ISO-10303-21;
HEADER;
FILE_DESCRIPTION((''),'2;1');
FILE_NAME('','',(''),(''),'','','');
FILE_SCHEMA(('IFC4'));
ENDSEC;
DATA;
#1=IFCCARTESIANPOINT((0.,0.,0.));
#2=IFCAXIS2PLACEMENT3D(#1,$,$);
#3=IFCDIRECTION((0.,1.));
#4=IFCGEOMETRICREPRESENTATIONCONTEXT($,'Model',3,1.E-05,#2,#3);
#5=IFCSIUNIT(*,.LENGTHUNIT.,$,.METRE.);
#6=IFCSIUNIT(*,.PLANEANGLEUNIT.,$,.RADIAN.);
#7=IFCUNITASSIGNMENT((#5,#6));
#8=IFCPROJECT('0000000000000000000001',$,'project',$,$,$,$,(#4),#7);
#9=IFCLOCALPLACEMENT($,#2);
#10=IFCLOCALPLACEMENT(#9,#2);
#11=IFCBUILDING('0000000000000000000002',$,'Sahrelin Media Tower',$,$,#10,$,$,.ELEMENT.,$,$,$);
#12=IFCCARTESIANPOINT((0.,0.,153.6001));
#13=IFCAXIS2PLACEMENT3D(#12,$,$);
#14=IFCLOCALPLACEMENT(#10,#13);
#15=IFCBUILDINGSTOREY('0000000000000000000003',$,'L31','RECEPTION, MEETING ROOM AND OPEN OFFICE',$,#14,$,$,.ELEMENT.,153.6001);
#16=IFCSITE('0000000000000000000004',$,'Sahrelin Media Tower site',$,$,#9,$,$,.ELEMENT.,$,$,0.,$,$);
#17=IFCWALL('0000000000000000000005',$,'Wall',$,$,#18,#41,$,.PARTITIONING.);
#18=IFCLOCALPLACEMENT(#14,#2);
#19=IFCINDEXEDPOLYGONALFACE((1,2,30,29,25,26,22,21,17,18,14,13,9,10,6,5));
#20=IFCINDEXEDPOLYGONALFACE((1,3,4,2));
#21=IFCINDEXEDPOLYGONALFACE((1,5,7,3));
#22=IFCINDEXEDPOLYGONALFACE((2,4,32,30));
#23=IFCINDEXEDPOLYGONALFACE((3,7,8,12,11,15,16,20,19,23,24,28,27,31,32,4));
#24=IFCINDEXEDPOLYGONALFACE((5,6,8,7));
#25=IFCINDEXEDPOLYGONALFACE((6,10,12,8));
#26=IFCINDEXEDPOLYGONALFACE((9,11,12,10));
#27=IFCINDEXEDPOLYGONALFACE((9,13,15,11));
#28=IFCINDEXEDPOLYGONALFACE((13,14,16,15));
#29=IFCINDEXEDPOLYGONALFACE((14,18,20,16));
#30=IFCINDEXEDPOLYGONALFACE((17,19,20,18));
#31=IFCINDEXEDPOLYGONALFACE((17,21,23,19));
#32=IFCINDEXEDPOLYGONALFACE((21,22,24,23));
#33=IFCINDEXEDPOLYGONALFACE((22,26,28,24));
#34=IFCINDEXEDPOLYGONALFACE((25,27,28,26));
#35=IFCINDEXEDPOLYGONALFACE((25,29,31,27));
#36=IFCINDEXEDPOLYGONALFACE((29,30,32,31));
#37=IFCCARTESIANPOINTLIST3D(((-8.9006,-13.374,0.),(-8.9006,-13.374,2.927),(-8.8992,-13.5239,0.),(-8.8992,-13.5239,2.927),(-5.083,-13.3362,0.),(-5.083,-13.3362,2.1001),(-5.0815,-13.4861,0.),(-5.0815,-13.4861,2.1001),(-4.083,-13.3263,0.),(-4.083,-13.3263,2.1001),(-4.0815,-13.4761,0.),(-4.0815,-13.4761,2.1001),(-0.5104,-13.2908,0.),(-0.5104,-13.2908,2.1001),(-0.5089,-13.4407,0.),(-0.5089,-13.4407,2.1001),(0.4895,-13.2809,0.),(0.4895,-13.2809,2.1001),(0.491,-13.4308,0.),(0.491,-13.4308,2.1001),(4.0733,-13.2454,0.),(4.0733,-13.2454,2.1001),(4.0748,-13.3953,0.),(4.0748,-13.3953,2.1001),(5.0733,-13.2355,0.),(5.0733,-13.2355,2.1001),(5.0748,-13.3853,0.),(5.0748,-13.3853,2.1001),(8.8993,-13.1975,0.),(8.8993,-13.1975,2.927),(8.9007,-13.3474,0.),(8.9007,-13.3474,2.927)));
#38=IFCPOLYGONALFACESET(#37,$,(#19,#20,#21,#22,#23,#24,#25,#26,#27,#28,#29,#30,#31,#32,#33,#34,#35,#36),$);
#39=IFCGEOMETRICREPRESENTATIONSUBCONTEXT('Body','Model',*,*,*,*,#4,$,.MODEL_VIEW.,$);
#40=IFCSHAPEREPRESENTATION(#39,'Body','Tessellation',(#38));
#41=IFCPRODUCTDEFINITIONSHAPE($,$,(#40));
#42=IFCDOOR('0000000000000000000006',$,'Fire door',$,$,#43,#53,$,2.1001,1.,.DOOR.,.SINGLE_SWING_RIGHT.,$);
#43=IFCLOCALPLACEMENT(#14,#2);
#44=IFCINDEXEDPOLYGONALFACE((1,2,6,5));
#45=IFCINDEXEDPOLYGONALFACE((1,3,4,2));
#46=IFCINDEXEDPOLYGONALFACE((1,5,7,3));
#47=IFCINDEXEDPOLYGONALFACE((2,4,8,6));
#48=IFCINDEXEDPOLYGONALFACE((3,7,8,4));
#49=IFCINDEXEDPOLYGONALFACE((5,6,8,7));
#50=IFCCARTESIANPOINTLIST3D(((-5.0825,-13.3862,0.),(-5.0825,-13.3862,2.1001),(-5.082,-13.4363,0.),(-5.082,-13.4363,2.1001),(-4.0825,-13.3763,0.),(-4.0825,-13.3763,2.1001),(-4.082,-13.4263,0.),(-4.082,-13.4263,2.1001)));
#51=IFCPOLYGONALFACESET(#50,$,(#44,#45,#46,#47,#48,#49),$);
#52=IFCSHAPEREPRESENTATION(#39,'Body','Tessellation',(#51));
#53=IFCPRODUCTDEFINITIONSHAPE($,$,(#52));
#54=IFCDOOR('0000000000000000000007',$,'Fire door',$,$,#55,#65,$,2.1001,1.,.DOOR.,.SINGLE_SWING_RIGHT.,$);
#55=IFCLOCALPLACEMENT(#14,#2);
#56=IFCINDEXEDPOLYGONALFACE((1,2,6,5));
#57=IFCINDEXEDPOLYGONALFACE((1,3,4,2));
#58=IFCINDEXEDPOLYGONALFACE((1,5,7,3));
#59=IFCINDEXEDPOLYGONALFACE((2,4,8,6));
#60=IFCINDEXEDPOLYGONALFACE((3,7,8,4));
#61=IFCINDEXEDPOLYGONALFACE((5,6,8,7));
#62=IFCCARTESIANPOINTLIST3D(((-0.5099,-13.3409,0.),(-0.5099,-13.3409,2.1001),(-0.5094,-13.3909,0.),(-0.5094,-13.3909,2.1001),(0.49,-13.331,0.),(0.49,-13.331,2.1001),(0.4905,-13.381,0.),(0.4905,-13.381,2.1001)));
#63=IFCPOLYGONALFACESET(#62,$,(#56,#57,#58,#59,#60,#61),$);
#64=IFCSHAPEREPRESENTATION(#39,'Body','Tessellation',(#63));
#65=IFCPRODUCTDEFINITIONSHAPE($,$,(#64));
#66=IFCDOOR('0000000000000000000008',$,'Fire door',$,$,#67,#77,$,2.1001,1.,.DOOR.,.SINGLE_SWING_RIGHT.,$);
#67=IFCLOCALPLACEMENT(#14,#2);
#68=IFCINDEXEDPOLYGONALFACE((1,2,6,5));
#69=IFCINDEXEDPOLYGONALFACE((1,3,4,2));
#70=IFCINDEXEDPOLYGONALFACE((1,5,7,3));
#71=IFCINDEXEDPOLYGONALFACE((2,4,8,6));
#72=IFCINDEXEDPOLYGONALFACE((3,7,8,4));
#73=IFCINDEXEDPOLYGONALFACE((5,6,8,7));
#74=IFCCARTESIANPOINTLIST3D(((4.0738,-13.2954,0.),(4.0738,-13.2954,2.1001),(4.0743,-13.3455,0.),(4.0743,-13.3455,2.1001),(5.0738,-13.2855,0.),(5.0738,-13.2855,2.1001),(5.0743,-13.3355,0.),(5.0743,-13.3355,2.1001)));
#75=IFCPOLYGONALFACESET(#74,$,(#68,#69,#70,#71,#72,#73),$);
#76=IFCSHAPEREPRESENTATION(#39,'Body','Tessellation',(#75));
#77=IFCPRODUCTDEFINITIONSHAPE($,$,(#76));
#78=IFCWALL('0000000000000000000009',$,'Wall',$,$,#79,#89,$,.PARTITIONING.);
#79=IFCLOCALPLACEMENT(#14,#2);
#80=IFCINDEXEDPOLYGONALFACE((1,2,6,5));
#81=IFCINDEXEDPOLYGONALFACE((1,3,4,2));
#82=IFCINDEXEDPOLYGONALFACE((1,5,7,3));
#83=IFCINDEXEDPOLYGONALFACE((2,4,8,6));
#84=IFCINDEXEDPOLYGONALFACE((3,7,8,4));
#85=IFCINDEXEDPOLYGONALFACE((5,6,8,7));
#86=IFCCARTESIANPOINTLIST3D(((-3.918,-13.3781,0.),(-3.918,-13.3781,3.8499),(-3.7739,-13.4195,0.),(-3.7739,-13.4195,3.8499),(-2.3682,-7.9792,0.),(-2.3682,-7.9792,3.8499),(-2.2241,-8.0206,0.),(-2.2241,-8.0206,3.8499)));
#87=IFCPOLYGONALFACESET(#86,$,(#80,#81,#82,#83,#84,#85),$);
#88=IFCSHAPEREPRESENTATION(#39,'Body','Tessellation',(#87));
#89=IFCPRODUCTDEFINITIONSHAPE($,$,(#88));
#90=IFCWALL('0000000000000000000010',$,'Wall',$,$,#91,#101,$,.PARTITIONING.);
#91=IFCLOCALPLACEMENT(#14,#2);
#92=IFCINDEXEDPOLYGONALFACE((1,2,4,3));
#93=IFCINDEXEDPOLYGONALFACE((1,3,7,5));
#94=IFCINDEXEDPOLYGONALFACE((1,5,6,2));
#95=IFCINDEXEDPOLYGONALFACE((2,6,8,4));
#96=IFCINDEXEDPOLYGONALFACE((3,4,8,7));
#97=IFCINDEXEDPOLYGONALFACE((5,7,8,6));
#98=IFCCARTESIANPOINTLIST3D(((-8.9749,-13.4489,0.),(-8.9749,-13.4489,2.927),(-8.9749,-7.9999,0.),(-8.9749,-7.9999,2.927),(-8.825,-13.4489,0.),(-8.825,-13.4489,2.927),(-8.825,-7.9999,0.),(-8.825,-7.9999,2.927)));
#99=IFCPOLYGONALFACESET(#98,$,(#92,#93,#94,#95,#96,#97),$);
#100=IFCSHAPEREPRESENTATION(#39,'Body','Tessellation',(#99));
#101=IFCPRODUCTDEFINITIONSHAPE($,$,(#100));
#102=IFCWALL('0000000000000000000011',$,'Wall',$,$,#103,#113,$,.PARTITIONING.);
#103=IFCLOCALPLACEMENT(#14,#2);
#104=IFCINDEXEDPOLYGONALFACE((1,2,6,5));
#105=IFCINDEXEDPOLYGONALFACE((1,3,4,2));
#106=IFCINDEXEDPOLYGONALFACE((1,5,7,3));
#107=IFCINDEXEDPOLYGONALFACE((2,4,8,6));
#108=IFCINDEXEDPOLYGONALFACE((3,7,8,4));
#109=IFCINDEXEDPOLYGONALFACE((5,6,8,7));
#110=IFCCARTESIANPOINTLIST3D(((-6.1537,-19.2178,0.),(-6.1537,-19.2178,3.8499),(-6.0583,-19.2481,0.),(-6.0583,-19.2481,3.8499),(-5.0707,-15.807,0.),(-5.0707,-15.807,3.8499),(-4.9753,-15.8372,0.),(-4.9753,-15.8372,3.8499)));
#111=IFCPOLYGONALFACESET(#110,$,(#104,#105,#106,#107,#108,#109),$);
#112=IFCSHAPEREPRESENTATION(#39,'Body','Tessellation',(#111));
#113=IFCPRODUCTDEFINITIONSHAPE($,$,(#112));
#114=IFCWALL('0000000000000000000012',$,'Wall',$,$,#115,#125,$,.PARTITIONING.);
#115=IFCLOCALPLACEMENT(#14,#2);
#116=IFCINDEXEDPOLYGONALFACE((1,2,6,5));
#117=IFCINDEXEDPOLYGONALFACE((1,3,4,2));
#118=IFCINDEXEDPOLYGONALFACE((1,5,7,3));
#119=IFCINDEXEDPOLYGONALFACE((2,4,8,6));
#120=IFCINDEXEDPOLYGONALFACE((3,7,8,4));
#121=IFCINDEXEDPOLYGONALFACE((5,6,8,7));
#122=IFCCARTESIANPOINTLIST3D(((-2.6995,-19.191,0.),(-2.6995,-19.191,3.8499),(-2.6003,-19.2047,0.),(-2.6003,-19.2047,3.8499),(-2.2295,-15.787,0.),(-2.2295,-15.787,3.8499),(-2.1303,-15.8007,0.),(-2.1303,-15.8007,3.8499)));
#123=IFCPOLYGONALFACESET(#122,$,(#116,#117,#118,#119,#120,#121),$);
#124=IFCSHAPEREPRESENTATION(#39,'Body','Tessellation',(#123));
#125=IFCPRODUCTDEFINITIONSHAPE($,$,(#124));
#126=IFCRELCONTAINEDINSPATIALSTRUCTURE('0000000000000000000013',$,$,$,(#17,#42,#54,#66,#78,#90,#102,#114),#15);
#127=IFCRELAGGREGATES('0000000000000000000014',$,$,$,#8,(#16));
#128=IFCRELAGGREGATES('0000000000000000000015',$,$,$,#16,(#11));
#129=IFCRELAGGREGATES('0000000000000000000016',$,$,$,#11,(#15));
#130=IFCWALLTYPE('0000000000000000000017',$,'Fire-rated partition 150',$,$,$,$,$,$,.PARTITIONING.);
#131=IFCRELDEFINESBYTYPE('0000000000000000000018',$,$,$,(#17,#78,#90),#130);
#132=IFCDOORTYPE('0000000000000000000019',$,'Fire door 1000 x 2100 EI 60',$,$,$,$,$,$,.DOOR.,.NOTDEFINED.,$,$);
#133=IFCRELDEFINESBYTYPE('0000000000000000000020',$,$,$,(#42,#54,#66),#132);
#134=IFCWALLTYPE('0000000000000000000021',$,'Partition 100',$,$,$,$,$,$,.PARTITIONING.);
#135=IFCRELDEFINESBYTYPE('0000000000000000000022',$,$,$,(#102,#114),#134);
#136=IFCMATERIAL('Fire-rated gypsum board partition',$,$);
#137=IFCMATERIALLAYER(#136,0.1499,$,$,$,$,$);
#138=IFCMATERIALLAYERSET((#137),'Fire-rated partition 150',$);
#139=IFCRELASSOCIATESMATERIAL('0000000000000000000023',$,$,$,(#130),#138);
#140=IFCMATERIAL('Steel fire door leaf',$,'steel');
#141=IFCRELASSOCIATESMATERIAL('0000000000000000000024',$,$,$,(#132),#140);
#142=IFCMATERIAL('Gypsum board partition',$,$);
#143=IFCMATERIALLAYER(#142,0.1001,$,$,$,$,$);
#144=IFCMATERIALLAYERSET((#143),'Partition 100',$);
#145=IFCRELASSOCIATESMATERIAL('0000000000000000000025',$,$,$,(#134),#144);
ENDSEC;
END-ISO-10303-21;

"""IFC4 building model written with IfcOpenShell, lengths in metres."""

from ifc_helpers import new_model, si_unit, direction, frame, frame_2d, origin, place, context, subcontext, project, spatial, rectangle, extrude, material, layer, layer_set, type_object, element, fill, save


model = new_model("IFC4")

# Units and contexts
model_context = context("Model", 3, precision=1e-05, world=origin(), true_north=direction((0.0, 1.0)))
body_context = subcontext(model_context, "Body", "Model", "MODEL_VIEW")
ifc_project = project(units=[si_unit("LENGTHUNIT", "METRE"), si_unit("PLANEANGLEUNIT", "RADIAN")], contexts=[model_context])

# Site, building, storey
site_placement = place(None, origin())
site = spatial("IfcSite", under=ifc_project, at=site_placement, Name="Sahrelin Media Tower site", CompositionType="ELEMENT", RefElevation=0.0)
building_placement = place(site_placement, origin())
building = spatial("IfcBuilding", under=site, at=building_placement, Name="Sahrelin Media Tower", CompositionType="ELEMENT")
storey_placement = place(building_placement, frame((0.0, 0.0, 153.6001)))
storey = spatial("IfcBuildingStorey", under=building, at=storey_placement, Name="L31", Description="RECEPTION, MEETING ROOM AND OPEN OFFICE", CompositionType="ELEMENT", Elevation=153.6001)

# Wall, openings, doors
ifc_material_1 = material(Name="Fire-rated gypsum board partition")
ifc_layer_1 = layer(ifc_material_1, 0.1499)
ifc_layer_set_1 = layer_set([ifc_layer_1], Name="Fire-rated partition 150")
wall_type_1 = type_object("IfcWallType", Name="Fire-rated partition 150", PredefinedType="PARTITIONING", material=ifc_layer_set_1)
wall_1_placement = place(storey_placement, frame((-8.8999, -13.449, 0.0), z_axis=(0.0, 0.0, 1.0), x_axis=(0.999951, 0.009916, 0.0)))
wall_1 = element("IfcWall", 1, at=wall_1_placement, inside=storey, type_object=wall_type_1, Name="Wall", PredefinedType="PARTITIONING", context=body_context, shape_type="SweptSolid", body=[
    extrude(rectangle(XDim=17.8008, YDim=0.1499, at=frame_2d((8.9004, 0.0))), origin(), (0.0, 0.0, 1.0), 2.927),
])
opening_1_placement = place(wall_1_placement, frame((3.8179, 0.0, 0.0)))
opening_1 = element("IfcOpeningElement", 2, at=opening_1_placement, cuts=wall_1, PredefinedType="OPENING", context=body_context, shape_type="SweptSolid", body=[
    extrude(rectangle(XDim=1.0, YDim=2.1001, at=frame_2d((0.5, 1.05))), frame((0.0, 0.075, 0.0), z_axis=(0.0, -1.0, 0.0), x_axis=(1.0, 0.0, 0.0)), (0.0, 0.0, 1.0), 0.1499),
])
opening_2_placement = place(wall_1_placement, frame((8.3906, 0.0, 0.0)))
opening_2 = element("IfcOpeningElement", 3, at=opening_2_placement, cuts=wall_1, PredefinedType="OPENING", context=body_context, shape_type="SweptSolid", body=[
    extrude(rectangle(XDim=1.0, YDim=2.1001, at=frame_2d((0.5, 1.05))), frame((0.0, 0.075, 0.0), z_axis=(0.0, -1.0, 0.0), x_axis=(1.0, 0.0, 0.0)), (0.0, 0.0, 1.0), 0.1499),
])
opening_3_placement = place(wall_1_placement, frame((12.9746, 0.0, 0.0)))
opening_3 = element("IfcOpeningElement", 4, at=opening_3_placement, cuts=wall_1, PredefinedType="OPENING", context=body_context, shape_type="SweptSolid", body=[
    extrude(rectangle(XDim=1.0, YDim=2.1001, at=frame_2d((0.5, 1.05))), frame((0.0, 0.075, 0.0), z_axis=(0.0, -1.0, 0.0), x_axis=(1.0, 0.0, 0.0)), (0.0, 0.0, 1.0), 0.1499),
])
ifc_material_2 = material(Name="Steel fire door leaf", Category="steel")
door_type = type_object("IfcDoorType", Name="Fire door 1000 x 2100 EI 60", OperationType="NOTDEFINED", PredefinedType="DOOR", material=ifc_material_2)
door_1_placement = place(opening_1_placement, origin())
door_1 = element("IfcDoor", 5, at=door_1_placement, inside=storey, type_object=door_type, Name="Fire door", OperationType="SINGLE_SWING_RIGHT", OverallHeight=2.1001, OverallWidth=1.0, PredefinedType="DOOR", context=body_context, shape_type="SweptSolid", body=[
    extrude(rectangle(XDim=1.0, YDim=2.1001, at=frame_2d((0.5, 1.05))), frame((0.0, 0.0249, 0.0), z_axis=(0.0, -1.0, 0.0), x_axis=(1.0, 0.0, 0.0)), (0.0, 0.0, 1.0), 0.05),
])
fill(opening_1, door_1)
door_2_placement = place(opening_2_placement, origin())
door_2 = element("IfcDoor", 6, at=door_2_placement, inside=storey, type_object=door_type, Name="Fire door", OperationType="SINGLE_SWING_RIGHT", OverallHeight=2.1001, OverallWidth=1.0, PredefinedType="DOOR", context=body_context, shape_type="SweptSolid", body=[
    extrude(rectangle(XDim=1.0, YDim=2.1001, at=frame_2d((0.5, 1.05))), frame((0.0, 0.0249, 0.0), z_axis=(0.0, -1.0, 0.0), x_axis=(1.0, 0.0, 0.0)), (0.0, 0.0, 1.0), 0.05),
])
fill(opening_2, door_2)
door_3_placement = place(opening_3_placement, origin())
door_3 = element("IfcDoor", 7, at=door_3_placement, inside=storey, type_object=door_type, Name="Fire door", OperationType="SINGLE_SWING_RIGHT", OverallHeight=2.1001, OverallWidth=1.0, PredefinedType="DOOR", context=body_context, shape_type="SweptSolid", body=[
    extrude(rectangle(XDim=1.0, YDim=2.1001, at=frame_2d((0.5, 1.05))), frame((0.0, 0.0249, 0.0), z_axis=(0.0, -1.0, 0.0), x_axis=(1.0, 0.0, 0.0)), (0.0, 0.0, 1.0), 0.05),
])
fill(opening_3, door_3)

# Walls
wall_2_placement = place(storey_placement, frame((-3.8459, -13.3989, 0.0), z_axis=(0.0, 0.0, 1.0), x_axis=(0.275915, 0.961182, 0.0)))
element("IfcWall", 8, at=wall_2_placement, inside=storey, type_object=wall_type_1, Name="Wall", PredefinedType="PARTITIONING", context=body_context, shape_type="SweptSolid", body=[
    extrude(rectangle(XDim=5.6169, YDim=0.1499, at=frame_2d((2.8086, 0.0))), origin(), (0.0, 0.0, 1.0), 3.8499),
])
wall_3_placement = place(storey_placement, frame((-8.8999, -13.449, 0.0), z_axis=(0.0, 0.0, 1.0), x_axis=(0.0, 1.0, 0.0)))
element("IfcWall", 9, at=wall_3_placement, inside=storey, type_object=wall_type_1, Name="Wall", PredefinedType="PARTITIONING", context=body_context, shape_type="SweptSolid", body=[
    extrude(rectangle(XDim=5.449, YDim=0.1499, at=frame_2d((2.7246, 0.0))), origin(), (0.0, 0.0, 1.0), 2.927),
])
ifc_material_3 = material(Name="Gypsum board partition")
ifc_layer_2 = layer(ifc_material_3, 0.1001)
ifc_layer_set_2 = layer_set([ifc_layer_2], Name="Partition 100")
wall_type_2 = type_object("IfcWallType", Name="Partition 100", PredefinedType="PARTITIONING", material=ifc_layer_set_2)
wall_4_placement = place(storey_placement, frame((-6.106, -19.2329, 0.0), z_axis=(0.0, 0.0, 1.0), x_axis=(0.302626, 0.953109, 0.0)))
element("IfcWall", 10, at=wall_4_placement, inside=storey, type_object=wall_type_2, Name="Wall", PredefinedType="PARTITIONING", context=body_context, shape_type="SweptSolid", body=[
    extrude(rectangle(XDim=3.5786, YDim=0.1001, at=frame_2d((1.7893, 0.0))), origin(), (0.0, 0.0, 1.0), 3.8499),
])
wall_5_placement = place(storey_placement, frame((-2.6499, -19.198, 0.0), z_axis=(0.0, 0.0, 1.0), x_axis=(0.136765, 0.990604, 0.0)))
element("IfcWall", 11, at=wall_5_placement, inside=storey, type_object=wall_type_2, Name="Wall", PredefinedType="PARTITIONING", context=body_context, shape_type="SweptSolid", body=[
    extrude(rectangle(XDim=3.4363, YDim=0.1001, at=frame_2d((1.7183, 0.0))), origin(), (0.0, 0.0, 1.0), 3.8499),
])

save(model, "model.ifc")
